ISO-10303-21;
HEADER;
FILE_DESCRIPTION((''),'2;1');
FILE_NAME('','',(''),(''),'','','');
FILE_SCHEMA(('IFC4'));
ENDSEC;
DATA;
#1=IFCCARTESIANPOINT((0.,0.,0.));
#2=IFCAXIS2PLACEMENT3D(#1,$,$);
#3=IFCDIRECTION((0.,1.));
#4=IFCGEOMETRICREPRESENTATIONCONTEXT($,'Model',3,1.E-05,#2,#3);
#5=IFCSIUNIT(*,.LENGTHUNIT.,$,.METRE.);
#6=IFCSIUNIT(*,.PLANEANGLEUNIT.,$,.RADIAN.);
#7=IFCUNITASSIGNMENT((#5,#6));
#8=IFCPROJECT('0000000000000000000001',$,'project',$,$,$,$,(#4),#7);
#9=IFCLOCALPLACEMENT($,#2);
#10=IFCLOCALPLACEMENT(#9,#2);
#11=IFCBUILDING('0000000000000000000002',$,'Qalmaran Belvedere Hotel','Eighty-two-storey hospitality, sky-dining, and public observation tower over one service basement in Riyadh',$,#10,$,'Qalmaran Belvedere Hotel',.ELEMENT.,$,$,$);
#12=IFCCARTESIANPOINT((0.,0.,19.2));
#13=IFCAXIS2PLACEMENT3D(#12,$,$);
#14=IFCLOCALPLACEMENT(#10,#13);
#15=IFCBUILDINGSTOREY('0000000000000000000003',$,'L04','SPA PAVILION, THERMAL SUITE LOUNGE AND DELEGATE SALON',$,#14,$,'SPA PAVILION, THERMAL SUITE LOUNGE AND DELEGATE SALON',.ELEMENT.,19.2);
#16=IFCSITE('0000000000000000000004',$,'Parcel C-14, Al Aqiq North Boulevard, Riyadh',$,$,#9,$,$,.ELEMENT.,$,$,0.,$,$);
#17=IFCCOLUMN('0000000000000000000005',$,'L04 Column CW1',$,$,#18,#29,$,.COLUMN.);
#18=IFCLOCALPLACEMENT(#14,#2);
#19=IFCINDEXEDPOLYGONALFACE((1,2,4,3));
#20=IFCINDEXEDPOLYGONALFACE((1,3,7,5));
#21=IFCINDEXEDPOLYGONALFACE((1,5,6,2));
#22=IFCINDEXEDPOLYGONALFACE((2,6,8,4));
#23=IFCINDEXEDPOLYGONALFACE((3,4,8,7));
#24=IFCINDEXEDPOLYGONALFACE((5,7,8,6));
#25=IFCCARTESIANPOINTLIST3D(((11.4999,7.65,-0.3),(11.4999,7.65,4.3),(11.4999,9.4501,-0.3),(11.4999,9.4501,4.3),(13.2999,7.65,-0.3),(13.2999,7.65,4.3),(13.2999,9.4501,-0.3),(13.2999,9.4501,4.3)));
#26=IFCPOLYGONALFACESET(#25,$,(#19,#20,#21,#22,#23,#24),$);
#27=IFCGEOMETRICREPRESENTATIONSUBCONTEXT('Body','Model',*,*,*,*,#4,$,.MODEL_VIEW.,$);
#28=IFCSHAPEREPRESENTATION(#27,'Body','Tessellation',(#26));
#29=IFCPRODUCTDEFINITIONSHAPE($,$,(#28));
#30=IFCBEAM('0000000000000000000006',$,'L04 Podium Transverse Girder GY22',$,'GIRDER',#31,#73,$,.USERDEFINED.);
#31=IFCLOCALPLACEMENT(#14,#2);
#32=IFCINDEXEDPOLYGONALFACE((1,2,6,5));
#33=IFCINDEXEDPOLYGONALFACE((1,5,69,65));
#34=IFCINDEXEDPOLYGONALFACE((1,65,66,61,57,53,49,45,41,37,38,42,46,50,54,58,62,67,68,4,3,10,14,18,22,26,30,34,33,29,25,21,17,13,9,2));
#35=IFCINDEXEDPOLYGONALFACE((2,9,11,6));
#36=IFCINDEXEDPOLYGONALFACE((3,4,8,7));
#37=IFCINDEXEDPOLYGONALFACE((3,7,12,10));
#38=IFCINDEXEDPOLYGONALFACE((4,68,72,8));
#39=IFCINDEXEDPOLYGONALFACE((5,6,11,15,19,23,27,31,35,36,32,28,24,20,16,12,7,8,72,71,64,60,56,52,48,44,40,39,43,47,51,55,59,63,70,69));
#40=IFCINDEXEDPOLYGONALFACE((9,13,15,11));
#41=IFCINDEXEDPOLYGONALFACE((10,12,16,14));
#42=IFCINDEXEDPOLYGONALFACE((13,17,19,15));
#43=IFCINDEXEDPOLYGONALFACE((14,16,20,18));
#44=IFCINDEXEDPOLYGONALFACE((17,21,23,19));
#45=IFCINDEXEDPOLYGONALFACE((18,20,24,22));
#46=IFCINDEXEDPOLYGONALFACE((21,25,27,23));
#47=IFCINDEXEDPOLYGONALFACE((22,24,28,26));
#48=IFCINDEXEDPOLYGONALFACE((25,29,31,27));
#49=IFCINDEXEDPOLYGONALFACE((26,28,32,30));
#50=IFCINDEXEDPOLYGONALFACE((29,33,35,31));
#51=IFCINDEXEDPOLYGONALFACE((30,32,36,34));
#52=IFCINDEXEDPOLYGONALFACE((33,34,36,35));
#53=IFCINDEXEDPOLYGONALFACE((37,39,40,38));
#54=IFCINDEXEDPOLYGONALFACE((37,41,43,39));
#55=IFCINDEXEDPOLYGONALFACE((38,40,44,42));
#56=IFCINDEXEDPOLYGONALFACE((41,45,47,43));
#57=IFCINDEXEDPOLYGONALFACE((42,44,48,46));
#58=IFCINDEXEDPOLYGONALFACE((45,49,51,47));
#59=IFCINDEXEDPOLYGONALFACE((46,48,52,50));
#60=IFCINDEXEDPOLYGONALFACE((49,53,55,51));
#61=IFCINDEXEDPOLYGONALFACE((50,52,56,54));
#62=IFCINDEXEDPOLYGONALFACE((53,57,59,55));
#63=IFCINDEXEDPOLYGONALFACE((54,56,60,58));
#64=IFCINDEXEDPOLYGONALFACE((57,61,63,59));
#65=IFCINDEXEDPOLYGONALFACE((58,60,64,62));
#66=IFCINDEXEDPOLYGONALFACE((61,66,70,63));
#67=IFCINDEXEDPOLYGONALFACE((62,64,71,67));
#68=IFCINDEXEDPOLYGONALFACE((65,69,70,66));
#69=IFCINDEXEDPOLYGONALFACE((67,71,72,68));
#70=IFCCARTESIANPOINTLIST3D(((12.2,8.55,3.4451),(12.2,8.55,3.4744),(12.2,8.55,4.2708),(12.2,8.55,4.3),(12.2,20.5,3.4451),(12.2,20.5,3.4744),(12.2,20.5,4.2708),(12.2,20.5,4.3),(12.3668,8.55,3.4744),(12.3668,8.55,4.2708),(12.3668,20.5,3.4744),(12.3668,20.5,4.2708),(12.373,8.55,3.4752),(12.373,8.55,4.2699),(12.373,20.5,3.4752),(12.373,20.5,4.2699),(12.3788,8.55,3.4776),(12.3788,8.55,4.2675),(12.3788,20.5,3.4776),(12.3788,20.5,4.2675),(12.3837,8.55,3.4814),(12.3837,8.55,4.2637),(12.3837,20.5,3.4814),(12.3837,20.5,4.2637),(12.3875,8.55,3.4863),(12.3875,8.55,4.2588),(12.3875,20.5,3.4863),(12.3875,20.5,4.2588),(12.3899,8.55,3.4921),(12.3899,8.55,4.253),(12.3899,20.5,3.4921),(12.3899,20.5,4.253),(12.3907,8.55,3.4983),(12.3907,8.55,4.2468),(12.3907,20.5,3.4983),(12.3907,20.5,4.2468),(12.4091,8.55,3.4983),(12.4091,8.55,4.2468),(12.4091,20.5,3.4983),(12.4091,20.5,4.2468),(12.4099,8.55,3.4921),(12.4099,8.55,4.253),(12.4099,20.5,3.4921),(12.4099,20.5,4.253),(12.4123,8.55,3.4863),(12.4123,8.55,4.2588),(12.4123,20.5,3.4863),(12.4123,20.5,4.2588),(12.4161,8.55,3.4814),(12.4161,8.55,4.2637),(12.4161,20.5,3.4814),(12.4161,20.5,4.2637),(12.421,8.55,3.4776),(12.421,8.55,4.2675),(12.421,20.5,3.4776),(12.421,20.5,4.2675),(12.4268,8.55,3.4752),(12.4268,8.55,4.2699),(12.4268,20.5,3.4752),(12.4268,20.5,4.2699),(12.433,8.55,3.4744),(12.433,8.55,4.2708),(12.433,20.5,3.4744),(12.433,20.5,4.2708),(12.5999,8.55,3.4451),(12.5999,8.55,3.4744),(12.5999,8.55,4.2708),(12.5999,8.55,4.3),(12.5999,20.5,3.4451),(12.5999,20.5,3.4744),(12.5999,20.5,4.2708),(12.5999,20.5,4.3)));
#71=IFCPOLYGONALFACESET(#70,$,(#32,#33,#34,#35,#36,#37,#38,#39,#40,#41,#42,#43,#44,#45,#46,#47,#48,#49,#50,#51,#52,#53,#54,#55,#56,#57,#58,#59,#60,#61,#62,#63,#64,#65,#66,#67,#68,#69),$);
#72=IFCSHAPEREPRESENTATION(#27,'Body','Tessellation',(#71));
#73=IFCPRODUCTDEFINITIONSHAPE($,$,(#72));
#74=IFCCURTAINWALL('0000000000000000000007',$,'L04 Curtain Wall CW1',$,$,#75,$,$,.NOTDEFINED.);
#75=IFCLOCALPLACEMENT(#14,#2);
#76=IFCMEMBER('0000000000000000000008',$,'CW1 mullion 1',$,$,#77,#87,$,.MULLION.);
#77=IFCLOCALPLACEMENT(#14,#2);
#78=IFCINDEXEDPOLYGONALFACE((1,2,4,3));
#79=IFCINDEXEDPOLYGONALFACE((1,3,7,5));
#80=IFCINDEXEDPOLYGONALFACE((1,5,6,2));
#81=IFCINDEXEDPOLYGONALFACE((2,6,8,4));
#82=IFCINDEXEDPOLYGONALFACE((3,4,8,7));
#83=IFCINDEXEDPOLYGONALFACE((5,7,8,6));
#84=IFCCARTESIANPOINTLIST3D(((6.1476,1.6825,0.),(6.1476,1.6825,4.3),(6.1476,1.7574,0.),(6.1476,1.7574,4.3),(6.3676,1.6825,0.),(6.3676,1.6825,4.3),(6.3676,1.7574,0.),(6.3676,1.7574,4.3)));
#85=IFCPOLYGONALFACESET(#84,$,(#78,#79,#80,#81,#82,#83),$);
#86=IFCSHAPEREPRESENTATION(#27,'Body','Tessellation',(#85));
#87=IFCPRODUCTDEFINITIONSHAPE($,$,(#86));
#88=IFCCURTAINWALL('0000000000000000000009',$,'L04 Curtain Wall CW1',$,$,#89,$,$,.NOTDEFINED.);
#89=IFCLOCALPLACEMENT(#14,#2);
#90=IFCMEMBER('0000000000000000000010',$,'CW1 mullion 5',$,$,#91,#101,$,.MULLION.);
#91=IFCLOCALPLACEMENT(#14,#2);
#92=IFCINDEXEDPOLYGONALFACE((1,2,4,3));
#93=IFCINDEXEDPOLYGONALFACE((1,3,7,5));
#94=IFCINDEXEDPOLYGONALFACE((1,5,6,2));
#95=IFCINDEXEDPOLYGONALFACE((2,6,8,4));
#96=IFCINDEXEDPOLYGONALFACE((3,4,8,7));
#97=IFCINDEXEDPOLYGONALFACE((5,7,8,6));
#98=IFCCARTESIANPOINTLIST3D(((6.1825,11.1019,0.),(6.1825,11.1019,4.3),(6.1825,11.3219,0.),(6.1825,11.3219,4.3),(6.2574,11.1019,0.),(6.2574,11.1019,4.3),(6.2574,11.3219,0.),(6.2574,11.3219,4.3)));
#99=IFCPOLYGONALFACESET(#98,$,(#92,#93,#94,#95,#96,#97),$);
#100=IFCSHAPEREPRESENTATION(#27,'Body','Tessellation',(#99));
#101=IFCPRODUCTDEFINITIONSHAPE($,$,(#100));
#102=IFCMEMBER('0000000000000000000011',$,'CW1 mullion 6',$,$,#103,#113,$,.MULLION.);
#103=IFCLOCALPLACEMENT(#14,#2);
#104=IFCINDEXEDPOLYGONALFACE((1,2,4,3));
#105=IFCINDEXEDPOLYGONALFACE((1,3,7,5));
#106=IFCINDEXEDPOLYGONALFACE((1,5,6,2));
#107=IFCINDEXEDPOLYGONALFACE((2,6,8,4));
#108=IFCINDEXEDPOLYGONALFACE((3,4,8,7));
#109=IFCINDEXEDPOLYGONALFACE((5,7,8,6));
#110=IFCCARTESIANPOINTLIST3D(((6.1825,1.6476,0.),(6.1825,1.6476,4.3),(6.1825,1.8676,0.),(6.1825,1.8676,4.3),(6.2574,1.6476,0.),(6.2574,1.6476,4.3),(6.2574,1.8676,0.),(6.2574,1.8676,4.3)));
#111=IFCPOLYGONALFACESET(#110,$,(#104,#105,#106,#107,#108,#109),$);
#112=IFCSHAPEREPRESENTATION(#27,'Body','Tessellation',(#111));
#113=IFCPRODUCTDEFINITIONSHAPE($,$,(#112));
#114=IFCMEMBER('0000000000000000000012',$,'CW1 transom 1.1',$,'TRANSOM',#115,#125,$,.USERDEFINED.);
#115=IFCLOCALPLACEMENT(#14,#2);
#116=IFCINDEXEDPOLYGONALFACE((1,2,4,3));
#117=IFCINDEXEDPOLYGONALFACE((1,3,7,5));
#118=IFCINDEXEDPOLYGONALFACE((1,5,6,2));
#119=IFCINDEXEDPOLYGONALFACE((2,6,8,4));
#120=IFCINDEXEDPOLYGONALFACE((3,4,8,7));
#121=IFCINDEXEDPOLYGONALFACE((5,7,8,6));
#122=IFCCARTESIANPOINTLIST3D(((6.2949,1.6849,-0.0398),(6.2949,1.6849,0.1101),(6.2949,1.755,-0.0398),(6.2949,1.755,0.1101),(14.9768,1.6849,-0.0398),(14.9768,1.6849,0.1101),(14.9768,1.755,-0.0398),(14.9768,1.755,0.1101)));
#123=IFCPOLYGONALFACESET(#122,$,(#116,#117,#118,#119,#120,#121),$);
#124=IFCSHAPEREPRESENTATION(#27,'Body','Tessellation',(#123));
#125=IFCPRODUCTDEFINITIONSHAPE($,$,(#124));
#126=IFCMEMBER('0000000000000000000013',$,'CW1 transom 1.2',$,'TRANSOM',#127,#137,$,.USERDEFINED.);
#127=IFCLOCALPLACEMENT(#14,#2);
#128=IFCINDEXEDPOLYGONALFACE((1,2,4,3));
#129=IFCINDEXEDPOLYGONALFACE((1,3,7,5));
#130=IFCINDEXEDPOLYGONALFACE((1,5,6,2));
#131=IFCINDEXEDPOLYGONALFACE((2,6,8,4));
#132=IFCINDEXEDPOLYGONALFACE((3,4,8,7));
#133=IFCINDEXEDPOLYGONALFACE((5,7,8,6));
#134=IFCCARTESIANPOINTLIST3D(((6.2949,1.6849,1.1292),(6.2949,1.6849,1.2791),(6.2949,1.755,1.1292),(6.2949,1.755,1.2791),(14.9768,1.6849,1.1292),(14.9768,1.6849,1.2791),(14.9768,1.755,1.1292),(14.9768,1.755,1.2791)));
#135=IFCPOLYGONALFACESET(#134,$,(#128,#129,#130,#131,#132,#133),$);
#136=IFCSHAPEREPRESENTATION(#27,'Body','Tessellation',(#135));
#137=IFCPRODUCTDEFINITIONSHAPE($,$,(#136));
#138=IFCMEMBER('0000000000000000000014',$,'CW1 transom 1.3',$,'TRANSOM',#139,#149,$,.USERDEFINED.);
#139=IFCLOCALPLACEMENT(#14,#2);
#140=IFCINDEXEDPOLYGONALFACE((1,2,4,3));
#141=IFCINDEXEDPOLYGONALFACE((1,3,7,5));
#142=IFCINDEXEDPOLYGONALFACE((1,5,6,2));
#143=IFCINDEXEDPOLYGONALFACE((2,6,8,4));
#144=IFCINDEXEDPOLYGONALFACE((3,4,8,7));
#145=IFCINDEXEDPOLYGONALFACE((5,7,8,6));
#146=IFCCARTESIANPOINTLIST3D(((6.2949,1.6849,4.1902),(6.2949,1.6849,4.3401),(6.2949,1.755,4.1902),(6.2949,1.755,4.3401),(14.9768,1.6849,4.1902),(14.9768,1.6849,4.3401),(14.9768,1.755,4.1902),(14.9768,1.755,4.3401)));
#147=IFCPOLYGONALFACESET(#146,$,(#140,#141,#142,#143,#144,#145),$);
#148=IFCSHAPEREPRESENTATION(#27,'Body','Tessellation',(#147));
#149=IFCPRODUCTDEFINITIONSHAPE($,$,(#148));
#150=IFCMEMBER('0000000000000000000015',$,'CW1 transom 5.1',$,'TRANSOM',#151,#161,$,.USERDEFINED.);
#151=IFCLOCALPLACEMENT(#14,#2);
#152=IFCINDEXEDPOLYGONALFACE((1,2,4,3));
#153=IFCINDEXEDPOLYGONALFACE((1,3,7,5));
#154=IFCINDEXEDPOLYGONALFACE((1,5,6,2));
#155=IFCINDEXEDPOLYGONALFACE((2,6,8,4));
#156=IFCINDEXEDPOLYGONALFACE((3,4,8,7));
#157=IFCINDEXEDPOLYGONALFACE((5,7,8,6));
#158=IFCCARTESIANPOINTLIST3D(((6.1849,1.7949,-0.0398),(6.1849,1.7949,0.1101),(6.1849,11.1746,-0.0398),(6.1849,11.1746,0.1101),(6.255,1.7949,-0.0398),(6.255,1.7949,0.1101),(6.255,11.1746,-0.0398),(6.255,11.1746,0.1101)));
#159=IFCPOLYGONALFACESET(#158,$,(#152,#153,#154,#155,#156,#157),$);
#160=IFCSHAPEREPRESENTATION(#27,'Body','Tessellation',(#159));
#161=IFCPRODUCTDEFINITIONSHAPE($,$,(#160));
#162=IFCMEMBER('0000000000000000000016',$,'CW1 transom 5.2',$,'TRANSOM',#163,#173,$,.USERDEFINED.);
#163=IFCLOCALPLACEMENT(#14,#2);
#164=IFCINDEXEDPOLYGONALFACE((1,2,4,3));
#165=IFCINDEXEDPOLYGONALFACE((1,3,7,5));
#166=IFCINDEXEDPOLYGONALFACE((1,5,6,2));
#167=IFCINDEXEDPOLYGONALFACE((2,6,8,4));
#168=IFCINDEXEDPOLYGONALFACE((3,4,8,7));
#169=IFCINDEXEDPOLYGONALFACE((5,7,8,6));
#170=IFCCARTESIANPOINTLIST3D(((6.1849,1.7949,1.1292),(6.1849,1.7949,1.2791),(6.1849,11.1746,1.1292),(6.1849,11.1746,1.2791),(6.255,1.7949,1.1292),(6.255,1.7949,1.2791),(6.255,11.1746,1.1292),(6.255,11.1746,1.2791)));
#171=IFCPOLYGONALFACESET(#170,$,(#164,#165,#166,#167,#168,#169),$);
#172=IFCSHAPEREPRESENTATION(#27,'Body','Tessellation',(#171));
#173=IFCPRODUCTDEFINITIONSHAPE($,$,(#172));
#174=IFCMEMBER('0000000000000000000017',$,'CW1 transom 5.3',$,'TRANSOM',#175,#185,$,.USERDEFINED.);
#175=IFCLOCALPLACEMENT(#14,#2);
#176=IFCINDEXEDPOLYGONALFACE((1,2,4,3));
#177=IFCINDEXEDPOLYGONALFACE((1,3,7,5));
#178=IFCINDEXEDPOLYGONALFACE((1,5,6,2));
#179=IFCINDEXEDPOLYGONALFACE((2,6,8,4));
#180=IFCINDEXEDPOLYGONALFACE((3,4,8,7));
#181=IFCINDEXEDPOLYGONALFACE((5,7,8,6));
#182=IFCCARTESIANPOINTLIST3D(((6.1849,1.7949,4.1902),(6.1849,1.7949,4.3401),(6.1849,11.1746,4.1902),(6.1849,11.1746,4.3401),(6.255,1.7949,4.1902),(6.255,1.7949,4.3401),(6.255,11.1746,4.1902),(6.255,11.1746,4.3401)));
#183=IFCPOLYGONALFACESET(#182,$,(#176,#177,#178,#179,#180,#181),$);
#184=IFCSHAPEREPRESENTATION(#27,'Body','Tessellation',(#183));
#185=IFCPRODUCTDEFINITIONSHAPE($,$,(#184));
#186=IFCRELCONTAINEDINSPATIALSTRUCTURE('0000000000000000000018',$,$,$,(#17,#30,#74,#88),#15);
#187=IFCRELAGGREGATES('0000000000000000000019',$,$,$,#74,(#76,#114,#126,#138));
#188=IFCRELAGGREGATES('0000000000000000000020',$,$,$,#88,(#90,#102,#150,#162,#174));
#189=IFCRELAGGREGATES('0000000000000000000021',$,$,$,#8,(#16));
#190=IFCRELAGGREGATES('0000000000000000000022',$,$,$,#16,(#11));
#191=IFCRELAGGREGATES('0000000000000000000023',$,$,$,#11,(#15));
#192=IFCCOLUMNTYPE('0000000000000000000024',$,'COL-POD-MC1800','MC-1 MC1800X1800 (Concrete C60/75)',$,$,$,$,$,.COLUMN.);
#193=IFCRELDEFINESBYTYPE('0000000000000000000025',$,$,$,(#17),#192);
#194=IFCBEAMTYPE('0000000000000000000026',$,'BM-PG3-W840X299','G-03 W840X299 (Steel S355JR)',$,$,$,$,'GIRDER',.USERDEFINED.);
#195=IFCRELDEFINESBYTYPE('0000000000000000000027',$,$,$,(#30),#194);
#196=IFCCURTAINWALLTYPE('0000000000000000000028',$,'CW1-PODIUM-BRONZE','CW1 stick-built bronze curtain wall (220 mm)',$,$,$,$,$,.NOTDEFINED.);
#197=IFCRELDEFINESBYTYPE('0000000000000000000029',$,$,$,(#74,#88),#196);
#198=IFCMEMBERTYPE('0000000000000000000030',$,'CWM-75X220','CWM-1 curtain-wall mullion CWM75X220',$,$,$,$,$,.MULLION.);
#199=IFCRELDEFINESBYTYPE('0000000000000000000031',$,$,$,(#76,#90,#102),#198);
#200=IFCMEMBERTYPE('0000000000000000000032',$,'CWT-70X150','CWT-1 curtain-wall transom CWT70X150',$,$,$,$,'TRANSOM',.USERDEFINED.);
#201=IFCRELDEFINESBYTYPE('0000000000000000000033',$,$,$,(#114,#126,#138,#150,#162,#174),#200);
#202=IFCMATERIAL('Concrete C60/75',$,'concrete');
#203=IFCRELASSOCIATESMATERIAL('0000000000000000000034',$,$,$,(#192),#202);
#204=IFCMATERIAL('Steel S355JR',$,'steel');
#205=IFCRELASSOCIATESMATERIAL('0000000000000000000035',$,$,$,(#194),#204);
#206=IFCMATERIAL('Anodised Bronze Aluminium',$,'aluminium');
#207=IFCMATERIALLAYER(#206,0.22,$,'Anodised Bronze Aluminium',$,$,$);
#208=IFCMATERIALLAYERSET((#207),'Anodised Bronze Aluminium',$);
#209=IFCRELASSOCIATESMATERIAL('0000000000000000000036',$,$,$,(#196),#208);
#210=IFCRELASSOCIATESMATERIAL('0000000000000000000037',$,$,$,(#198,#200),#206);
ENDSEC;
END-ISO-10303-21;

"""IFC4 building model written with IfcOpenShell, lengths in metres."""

from ifc_helpers import new_model, si_unit, direction, frame, origin, origin_2d, place, context, subcontext, project, spatial, rectangle, i_section, extrude, material, layer, layer_set, material_profile, profile_set, type_object, element, aggregate, save


model = new_model("IFC4")

# Units and contexts
model_context = context("Model", 3, precision=1e-05, world=origin(), true_north=direction((0.0, 1.0)))
body_context = subcontext(model_context, "Body", "Model", "MODEL_VIEW")
ifc_project = project(units=[si_unit("LENGTHUNIT", "METRE"), si_unit("PLANEANGLEUNIT", "RADIAN")], contexts=[model_context])

# Site, building, storey
site_placement = place(None, origin())
site = spatial("IfcSite", under=ifc_project, at=site_placement, Name="Parcel C-14, Al Aqiq North Boulevard, Riyadh", CompositionType="ELEMENT", RefElevation=0.0)
building_placement = place(site_placement, origin())
building = spatial("IfcBuilding", under=site, at=building_placement, Name="Qalmaran Belvedere Hotel", Description="Eighty-two-storey hospitality, sky-dining, and public observation tower over one service basement in Riyadh", LongName="Qalmaran Belvedere Hotel", CompositionType="ELEMENT")
storey_placement = place(building_placement, frame((0.0, 0.0, 19.2)))
storey = spatial("IfcBuildingStorey", under=building, at=storey_placement, Name="L04", Description="SPA PAVILION, THERMAL SUITE LOUNGE AND DELEGATE SALON", LongName="SPA PAVILION, THERMAL SUITE LOUNGE AND DELEGATE SALON", CompositionType="ELEMENT", Elevation=19.2)

# Column
ifc_material_1 = material(Name="Concrete C60/75", Category="concrete")
ifc_material_profile_1 = material_profile(ifc_material_1, rectangle(XDim=1.8, YDim=1.8, at=origin_2d()), Name="MC1800X1800")
ifc_profile_set_1 = profile_set([ifc_material_profile_1], Name="Concrete C60/75")
column_type = type_object("IfcColumnType", Name="COL-POD-MC1800", Description="MC-1 MC1800X1800 (Concrete C60/75)", PredefinedType="COLUMN", material=ifc_profile_set_1)
column_placement = place(storey_placement, frame((12.3999, 8.55, -0.3), z_axis=(0.0, 0.0, 1.0), x_axis=(1.0, 0.0, 0.0)))
element("IfcColumn", 1, at=column_placement, inside=storey, type_object=column_type, Name="L04 Column CW1", PredefinedType="COLUMN", context=body_context, shape_type="SweptSolid", body=[
    extrude(rectangle(XDim=1.8, YDim=1.8, at=origin_2d()), origin(), (0.0, 0.0, 1.0), 4.6001),
])

# Beam
ifc_material_2 = material(Name="Steel S355JR", Category="steel")
ifc_material_profile_2 = material_profile(ifc_material_2, i_section(OverallWidth=0.3999, OverallDepth=0.855, WebThickness=0.0183, FlangeThickness=0.0293, FilletRadius=0.0239, at=origin_2d()), Name="W840X299")
ifc_profile_set_2 = profile_set([ifc_material_profile_2], Name="Steel S355JR")
beam_type = type_object("IfcBeamType", Name="BM-PG3-W840X299", Description="G-03 W840X299 (Steel S355JR)", ElementType="GIRDER", PredefinedType="USERDEFINED", material=ifc_profile_set_2)
beam_placement = place(storey_placement, frame((12.3999, 8.55, 3.8726), z_axis=(0.0, 1.0, 0.0), x_axis=(-1.0, 0.0, 0.0)))
element("IfcBeam", 2, at=beam_placement, inside=storey, type_object=beam_type, Name="L04 Podium Transverse Girder GY22", ObjectType="GIRDER", PredefinedType="USERDEFINED", context=body_context, shape_type="SweptSolid", body=[
    extrude(i_section(OverallWidth=0.3999, OverallDepth=0.855, WebThickness=0.0183, FlangeThickness=0.0293, FilletRadius=0.0239, at=origin_2d()), origin(), (0.0, 0.0, 1.0), 11.95),
])

# Curtain wall, member
ifc_material_3 = material(Name="Anodised Bronze Aluminium", Category="aluminium")
ifc_layer_1 = layer(ifc_material_3, 0.22, Name="Anodised Bronze Aluminium")
ifc_layer_set_1 = layer_set([ifc_layer_1], Name="Anodised Bronze Aluminium")
curtain_wall_type = type_object("IfcCurtainWallType", Name="CW1-PODIUM-BRONZE", Description="CW1 stick-built bronze curtain wall (220 mm)", PredefinedType="NOTDEFINED", material=ifc_layer_set_1)
curtain_wall_1_placement = place(storey_placement, origin())
curtain_wall_1 = element("IfcCurtainWall", 3, at=curtain_wall_1_placement, inside=storey, type_object=curtain_wall_type, Name="L04 Curtain Wall CW1", PredefinedType="NOTDEFINED")
ifc_material_profile_3 = material_profile(ifc_material_3, rectangle(XDim=0.075, YDim=0.22, at=origin_2d()), Name="CWM75X220")
ifc_profile_set_3 = profile_set([ifc_material_profile_3], Name="Anodised Bronze Aluminium")
member_type_1 = type_object("IfcMemberType", Name="CWM-75X220", Description="CWM-1 curtain-wall mullion CWM75X220", PredefinedType="MULLION", material=ifc_profile_set_3)
member_1_placement = place(storey_placement, frame((6.2576, 1.72, 0.0), z_axis=(0.0, 0.0, 1.0), x_axis=(0.0, 1.0, 0.0)))
member_1 = element("IfcMember", 4, at=member_1_placement, type_object=member_type_1, Name="CW1 mullion 1", PredefinedType="MULLION", context=body_context, shape_type="SweptSolid", body=[
    extrude(rectangle(XDim=0.075, YDim=0.22, at=origin_2d()), origin(), (0.0, 0.0, 1.0), 4.3),
])

# Curtain wall, members
curtain_wall_2_placement = place(storey_placement, origin())
curtain_wall_2 = element("IfcCurtainWall", 5, at=curtain_wall_2_placement, inside=storey, type_object=curtain_wall_type, Name="L04 Curtain Wall CW1", PredefinedType="NOTDEFINED")
member_2_placement = place(storey_placement, frame((6.22, 11.2119, 0.0), z_axis=(0.0, 0.0, 1.0), x_axis=(1.0, 0.0, 0.0)))
member_2 = element("IfcMember", 6, at=member_2_placement, type_object=member_type_1, Name="CW1 mullion 5", PredefinedType="MULLION", context=body_context, shape_type="SweptSolid", body=[
    extrude(rectangle(XDim=0.075, YDim=0.22, at=origin_2d()), origin(), (0.0, 0.0, 1.0), 4.3),
])
member_3_placement = place(storey_placement, frame((6.22, 1.7576, 0.0), z_axis=(0.0, 0.0, 1.0), x_axis=(1.0, 0.0, 0.0)))
member_3 = element("IfcMember", 7, at=member_3_placement, type_object=member_type_1, Name="CW1 mullion 6", PredefinedType="MULLION", context=body_context, shape_type="SweptSolid", body=[
    extrude(rectangle(XDim=0.075, YDim=0.22, at=origin_2d()), origin(), (0.0, 0.0, 1.0), 4.3),
])

# Members
ifc_material_profile_4 = material_profile(ifc_material_3, rectangle(XDim=0.0701, YDim=0.1499, at=origin_2d()), Name="CWT70X150")
ifc_profile_set_4 = profile_set([ifc_material_profile_4], Name="Anodised Bronze Aluminium")
member_type_2 = type_object("IfcMemberType", Name="CWT-70X150", Description="CWT-1 curtain-wall transom CWT70X150", ElementType="TRANSOM", PredefinedType="USERDEFINED", material=ifc_profile_set_4)
member_4_placement = place(storey_placement, frame((6.2949, 1.72, 0.0352), z_axis=(1.0, 0.0, 0.0), x_axis=(0.0, 1.0, 0.0)))
member_4 = element("IfcMember", 8, at=member_4_placement, type_object=member_type_2, Name="CW1 transom 1.1", ObjectType="TRANSOM", PredefinedType="USERDEFINED", context=body_context, shape_type="SweptSolid", body=[
    extrude(rectangle(XDim=0.0701, YDim=0.1499, at=origin_2d()), origin(), (0.0, 0.0, 1.0), 8.6819),
])
member_5_placement = place(storey_placement, frame((6.2949, 1.72, 1.2041), z_axis=(1.0, 0.0, 0.0), x_axis=(0.0, 1.0, 0.0)))
member_5 = element("IfcMember", 9, at=member_5_placement, type_object=member_type_2, Name="CW1 transom 1.2", ObjectType="TRANSOM", PredefinedType="USERDEFINED", context=body_context, shape_type="SweptSolid", body=[
    extrude(rectangle(XDim=0.0701, YDim=0.1499, at=origin_2d()), origin(), (0.0, 0.0, 1.0), 8.6819),
])
member_6_placement = place(storey_placement, frame((6.2949, 1.72, 4.2651), z_axis=(1.0, 0.0, 0.0), x_axis=(0.0, 1.0, 0.0)))
member_6 = element("IfcMember", 10, at=member_6_placement, type_object=member_type_2, Name="CW1 transom 1.3", ObjectType="TRANSOM", PredefinedType="USERDEFINED", context=body_context, shape_type="SweptSolid", body=[
    extrude(rectangle(XDim=0.0701, YDim=0.1499, at=origin_2d()), origin(), (0.0, 0.0, 1.0), 8.6819),
])
member_7_placement = place(storey_placement, frame((6.22, 11.1746, 0.0352), z_axis=(0.0, -1.0, 0.0), x_axis=(1.0, 0.0, 0.0)))
member_7 = element("IfcMember", 11, at=member_7_placement, type_object=member_type_2, Name="CW1 transom 5.1", ObjectType="TRANSOM", PredefinedType="USERDEFINED", context=body_context, shape_type="SweptSolid", body=[
    extrude(rectangle(XDim=0.0701, YDim=0.1499, at=origin_2d()), origin(), (0.0, 0.0, 1.0), 9.3796),
])
member_8_placement = place(storey_placement, frame((6.22, 11.1746, 1.2041), z_axis=(0.0, -1.0, 0.0), x_axis=(1.0, 0.0, 0.0)))
member_8 = element("IfcMember", 12, at=member_8_placement, type_object=member_type_2, Name="CW1 transom 5.2", ObjectType="TRANSOM", PredefinedType="USERDEFINED", context=body_context, shape_type="SweptSolid", body=[
    extrude(rectangle(XDim=0.0701, YDim=0.1499, at=origin_2d()), origin(), (0.0, 0.0, 1.0), 9.3796),
])
member_9_placement = place(storey_placement, frame((6.22, 11.1746, 4.2651), z_axis=(0.0, -1.0, 0.0), x_axis=(1.0, 0.0, 0.0)))
member_9 = element("IfcMember", 13, at=member_9_placement, type_object=member_type_2, Name="CW1 transom 5.3", ObjectType="TRANSOM", PredefinedType="USERDEFINED", context=body_context, shape_type="SweptSolid", body=[
    extrude(rectangle(XDim=0.0701, YDim=0.1499, at=origin_2d()), origin(), (0.0, 0.0, 1.0), 9.3796),
])

aggregate(curtain_wall_1, [member_1, member_4, member_5, member_6])
aggregate(curtain_wall_2, [member_2, member_3, member_7, member_8, member_9])

save(model, "model.ifc")
